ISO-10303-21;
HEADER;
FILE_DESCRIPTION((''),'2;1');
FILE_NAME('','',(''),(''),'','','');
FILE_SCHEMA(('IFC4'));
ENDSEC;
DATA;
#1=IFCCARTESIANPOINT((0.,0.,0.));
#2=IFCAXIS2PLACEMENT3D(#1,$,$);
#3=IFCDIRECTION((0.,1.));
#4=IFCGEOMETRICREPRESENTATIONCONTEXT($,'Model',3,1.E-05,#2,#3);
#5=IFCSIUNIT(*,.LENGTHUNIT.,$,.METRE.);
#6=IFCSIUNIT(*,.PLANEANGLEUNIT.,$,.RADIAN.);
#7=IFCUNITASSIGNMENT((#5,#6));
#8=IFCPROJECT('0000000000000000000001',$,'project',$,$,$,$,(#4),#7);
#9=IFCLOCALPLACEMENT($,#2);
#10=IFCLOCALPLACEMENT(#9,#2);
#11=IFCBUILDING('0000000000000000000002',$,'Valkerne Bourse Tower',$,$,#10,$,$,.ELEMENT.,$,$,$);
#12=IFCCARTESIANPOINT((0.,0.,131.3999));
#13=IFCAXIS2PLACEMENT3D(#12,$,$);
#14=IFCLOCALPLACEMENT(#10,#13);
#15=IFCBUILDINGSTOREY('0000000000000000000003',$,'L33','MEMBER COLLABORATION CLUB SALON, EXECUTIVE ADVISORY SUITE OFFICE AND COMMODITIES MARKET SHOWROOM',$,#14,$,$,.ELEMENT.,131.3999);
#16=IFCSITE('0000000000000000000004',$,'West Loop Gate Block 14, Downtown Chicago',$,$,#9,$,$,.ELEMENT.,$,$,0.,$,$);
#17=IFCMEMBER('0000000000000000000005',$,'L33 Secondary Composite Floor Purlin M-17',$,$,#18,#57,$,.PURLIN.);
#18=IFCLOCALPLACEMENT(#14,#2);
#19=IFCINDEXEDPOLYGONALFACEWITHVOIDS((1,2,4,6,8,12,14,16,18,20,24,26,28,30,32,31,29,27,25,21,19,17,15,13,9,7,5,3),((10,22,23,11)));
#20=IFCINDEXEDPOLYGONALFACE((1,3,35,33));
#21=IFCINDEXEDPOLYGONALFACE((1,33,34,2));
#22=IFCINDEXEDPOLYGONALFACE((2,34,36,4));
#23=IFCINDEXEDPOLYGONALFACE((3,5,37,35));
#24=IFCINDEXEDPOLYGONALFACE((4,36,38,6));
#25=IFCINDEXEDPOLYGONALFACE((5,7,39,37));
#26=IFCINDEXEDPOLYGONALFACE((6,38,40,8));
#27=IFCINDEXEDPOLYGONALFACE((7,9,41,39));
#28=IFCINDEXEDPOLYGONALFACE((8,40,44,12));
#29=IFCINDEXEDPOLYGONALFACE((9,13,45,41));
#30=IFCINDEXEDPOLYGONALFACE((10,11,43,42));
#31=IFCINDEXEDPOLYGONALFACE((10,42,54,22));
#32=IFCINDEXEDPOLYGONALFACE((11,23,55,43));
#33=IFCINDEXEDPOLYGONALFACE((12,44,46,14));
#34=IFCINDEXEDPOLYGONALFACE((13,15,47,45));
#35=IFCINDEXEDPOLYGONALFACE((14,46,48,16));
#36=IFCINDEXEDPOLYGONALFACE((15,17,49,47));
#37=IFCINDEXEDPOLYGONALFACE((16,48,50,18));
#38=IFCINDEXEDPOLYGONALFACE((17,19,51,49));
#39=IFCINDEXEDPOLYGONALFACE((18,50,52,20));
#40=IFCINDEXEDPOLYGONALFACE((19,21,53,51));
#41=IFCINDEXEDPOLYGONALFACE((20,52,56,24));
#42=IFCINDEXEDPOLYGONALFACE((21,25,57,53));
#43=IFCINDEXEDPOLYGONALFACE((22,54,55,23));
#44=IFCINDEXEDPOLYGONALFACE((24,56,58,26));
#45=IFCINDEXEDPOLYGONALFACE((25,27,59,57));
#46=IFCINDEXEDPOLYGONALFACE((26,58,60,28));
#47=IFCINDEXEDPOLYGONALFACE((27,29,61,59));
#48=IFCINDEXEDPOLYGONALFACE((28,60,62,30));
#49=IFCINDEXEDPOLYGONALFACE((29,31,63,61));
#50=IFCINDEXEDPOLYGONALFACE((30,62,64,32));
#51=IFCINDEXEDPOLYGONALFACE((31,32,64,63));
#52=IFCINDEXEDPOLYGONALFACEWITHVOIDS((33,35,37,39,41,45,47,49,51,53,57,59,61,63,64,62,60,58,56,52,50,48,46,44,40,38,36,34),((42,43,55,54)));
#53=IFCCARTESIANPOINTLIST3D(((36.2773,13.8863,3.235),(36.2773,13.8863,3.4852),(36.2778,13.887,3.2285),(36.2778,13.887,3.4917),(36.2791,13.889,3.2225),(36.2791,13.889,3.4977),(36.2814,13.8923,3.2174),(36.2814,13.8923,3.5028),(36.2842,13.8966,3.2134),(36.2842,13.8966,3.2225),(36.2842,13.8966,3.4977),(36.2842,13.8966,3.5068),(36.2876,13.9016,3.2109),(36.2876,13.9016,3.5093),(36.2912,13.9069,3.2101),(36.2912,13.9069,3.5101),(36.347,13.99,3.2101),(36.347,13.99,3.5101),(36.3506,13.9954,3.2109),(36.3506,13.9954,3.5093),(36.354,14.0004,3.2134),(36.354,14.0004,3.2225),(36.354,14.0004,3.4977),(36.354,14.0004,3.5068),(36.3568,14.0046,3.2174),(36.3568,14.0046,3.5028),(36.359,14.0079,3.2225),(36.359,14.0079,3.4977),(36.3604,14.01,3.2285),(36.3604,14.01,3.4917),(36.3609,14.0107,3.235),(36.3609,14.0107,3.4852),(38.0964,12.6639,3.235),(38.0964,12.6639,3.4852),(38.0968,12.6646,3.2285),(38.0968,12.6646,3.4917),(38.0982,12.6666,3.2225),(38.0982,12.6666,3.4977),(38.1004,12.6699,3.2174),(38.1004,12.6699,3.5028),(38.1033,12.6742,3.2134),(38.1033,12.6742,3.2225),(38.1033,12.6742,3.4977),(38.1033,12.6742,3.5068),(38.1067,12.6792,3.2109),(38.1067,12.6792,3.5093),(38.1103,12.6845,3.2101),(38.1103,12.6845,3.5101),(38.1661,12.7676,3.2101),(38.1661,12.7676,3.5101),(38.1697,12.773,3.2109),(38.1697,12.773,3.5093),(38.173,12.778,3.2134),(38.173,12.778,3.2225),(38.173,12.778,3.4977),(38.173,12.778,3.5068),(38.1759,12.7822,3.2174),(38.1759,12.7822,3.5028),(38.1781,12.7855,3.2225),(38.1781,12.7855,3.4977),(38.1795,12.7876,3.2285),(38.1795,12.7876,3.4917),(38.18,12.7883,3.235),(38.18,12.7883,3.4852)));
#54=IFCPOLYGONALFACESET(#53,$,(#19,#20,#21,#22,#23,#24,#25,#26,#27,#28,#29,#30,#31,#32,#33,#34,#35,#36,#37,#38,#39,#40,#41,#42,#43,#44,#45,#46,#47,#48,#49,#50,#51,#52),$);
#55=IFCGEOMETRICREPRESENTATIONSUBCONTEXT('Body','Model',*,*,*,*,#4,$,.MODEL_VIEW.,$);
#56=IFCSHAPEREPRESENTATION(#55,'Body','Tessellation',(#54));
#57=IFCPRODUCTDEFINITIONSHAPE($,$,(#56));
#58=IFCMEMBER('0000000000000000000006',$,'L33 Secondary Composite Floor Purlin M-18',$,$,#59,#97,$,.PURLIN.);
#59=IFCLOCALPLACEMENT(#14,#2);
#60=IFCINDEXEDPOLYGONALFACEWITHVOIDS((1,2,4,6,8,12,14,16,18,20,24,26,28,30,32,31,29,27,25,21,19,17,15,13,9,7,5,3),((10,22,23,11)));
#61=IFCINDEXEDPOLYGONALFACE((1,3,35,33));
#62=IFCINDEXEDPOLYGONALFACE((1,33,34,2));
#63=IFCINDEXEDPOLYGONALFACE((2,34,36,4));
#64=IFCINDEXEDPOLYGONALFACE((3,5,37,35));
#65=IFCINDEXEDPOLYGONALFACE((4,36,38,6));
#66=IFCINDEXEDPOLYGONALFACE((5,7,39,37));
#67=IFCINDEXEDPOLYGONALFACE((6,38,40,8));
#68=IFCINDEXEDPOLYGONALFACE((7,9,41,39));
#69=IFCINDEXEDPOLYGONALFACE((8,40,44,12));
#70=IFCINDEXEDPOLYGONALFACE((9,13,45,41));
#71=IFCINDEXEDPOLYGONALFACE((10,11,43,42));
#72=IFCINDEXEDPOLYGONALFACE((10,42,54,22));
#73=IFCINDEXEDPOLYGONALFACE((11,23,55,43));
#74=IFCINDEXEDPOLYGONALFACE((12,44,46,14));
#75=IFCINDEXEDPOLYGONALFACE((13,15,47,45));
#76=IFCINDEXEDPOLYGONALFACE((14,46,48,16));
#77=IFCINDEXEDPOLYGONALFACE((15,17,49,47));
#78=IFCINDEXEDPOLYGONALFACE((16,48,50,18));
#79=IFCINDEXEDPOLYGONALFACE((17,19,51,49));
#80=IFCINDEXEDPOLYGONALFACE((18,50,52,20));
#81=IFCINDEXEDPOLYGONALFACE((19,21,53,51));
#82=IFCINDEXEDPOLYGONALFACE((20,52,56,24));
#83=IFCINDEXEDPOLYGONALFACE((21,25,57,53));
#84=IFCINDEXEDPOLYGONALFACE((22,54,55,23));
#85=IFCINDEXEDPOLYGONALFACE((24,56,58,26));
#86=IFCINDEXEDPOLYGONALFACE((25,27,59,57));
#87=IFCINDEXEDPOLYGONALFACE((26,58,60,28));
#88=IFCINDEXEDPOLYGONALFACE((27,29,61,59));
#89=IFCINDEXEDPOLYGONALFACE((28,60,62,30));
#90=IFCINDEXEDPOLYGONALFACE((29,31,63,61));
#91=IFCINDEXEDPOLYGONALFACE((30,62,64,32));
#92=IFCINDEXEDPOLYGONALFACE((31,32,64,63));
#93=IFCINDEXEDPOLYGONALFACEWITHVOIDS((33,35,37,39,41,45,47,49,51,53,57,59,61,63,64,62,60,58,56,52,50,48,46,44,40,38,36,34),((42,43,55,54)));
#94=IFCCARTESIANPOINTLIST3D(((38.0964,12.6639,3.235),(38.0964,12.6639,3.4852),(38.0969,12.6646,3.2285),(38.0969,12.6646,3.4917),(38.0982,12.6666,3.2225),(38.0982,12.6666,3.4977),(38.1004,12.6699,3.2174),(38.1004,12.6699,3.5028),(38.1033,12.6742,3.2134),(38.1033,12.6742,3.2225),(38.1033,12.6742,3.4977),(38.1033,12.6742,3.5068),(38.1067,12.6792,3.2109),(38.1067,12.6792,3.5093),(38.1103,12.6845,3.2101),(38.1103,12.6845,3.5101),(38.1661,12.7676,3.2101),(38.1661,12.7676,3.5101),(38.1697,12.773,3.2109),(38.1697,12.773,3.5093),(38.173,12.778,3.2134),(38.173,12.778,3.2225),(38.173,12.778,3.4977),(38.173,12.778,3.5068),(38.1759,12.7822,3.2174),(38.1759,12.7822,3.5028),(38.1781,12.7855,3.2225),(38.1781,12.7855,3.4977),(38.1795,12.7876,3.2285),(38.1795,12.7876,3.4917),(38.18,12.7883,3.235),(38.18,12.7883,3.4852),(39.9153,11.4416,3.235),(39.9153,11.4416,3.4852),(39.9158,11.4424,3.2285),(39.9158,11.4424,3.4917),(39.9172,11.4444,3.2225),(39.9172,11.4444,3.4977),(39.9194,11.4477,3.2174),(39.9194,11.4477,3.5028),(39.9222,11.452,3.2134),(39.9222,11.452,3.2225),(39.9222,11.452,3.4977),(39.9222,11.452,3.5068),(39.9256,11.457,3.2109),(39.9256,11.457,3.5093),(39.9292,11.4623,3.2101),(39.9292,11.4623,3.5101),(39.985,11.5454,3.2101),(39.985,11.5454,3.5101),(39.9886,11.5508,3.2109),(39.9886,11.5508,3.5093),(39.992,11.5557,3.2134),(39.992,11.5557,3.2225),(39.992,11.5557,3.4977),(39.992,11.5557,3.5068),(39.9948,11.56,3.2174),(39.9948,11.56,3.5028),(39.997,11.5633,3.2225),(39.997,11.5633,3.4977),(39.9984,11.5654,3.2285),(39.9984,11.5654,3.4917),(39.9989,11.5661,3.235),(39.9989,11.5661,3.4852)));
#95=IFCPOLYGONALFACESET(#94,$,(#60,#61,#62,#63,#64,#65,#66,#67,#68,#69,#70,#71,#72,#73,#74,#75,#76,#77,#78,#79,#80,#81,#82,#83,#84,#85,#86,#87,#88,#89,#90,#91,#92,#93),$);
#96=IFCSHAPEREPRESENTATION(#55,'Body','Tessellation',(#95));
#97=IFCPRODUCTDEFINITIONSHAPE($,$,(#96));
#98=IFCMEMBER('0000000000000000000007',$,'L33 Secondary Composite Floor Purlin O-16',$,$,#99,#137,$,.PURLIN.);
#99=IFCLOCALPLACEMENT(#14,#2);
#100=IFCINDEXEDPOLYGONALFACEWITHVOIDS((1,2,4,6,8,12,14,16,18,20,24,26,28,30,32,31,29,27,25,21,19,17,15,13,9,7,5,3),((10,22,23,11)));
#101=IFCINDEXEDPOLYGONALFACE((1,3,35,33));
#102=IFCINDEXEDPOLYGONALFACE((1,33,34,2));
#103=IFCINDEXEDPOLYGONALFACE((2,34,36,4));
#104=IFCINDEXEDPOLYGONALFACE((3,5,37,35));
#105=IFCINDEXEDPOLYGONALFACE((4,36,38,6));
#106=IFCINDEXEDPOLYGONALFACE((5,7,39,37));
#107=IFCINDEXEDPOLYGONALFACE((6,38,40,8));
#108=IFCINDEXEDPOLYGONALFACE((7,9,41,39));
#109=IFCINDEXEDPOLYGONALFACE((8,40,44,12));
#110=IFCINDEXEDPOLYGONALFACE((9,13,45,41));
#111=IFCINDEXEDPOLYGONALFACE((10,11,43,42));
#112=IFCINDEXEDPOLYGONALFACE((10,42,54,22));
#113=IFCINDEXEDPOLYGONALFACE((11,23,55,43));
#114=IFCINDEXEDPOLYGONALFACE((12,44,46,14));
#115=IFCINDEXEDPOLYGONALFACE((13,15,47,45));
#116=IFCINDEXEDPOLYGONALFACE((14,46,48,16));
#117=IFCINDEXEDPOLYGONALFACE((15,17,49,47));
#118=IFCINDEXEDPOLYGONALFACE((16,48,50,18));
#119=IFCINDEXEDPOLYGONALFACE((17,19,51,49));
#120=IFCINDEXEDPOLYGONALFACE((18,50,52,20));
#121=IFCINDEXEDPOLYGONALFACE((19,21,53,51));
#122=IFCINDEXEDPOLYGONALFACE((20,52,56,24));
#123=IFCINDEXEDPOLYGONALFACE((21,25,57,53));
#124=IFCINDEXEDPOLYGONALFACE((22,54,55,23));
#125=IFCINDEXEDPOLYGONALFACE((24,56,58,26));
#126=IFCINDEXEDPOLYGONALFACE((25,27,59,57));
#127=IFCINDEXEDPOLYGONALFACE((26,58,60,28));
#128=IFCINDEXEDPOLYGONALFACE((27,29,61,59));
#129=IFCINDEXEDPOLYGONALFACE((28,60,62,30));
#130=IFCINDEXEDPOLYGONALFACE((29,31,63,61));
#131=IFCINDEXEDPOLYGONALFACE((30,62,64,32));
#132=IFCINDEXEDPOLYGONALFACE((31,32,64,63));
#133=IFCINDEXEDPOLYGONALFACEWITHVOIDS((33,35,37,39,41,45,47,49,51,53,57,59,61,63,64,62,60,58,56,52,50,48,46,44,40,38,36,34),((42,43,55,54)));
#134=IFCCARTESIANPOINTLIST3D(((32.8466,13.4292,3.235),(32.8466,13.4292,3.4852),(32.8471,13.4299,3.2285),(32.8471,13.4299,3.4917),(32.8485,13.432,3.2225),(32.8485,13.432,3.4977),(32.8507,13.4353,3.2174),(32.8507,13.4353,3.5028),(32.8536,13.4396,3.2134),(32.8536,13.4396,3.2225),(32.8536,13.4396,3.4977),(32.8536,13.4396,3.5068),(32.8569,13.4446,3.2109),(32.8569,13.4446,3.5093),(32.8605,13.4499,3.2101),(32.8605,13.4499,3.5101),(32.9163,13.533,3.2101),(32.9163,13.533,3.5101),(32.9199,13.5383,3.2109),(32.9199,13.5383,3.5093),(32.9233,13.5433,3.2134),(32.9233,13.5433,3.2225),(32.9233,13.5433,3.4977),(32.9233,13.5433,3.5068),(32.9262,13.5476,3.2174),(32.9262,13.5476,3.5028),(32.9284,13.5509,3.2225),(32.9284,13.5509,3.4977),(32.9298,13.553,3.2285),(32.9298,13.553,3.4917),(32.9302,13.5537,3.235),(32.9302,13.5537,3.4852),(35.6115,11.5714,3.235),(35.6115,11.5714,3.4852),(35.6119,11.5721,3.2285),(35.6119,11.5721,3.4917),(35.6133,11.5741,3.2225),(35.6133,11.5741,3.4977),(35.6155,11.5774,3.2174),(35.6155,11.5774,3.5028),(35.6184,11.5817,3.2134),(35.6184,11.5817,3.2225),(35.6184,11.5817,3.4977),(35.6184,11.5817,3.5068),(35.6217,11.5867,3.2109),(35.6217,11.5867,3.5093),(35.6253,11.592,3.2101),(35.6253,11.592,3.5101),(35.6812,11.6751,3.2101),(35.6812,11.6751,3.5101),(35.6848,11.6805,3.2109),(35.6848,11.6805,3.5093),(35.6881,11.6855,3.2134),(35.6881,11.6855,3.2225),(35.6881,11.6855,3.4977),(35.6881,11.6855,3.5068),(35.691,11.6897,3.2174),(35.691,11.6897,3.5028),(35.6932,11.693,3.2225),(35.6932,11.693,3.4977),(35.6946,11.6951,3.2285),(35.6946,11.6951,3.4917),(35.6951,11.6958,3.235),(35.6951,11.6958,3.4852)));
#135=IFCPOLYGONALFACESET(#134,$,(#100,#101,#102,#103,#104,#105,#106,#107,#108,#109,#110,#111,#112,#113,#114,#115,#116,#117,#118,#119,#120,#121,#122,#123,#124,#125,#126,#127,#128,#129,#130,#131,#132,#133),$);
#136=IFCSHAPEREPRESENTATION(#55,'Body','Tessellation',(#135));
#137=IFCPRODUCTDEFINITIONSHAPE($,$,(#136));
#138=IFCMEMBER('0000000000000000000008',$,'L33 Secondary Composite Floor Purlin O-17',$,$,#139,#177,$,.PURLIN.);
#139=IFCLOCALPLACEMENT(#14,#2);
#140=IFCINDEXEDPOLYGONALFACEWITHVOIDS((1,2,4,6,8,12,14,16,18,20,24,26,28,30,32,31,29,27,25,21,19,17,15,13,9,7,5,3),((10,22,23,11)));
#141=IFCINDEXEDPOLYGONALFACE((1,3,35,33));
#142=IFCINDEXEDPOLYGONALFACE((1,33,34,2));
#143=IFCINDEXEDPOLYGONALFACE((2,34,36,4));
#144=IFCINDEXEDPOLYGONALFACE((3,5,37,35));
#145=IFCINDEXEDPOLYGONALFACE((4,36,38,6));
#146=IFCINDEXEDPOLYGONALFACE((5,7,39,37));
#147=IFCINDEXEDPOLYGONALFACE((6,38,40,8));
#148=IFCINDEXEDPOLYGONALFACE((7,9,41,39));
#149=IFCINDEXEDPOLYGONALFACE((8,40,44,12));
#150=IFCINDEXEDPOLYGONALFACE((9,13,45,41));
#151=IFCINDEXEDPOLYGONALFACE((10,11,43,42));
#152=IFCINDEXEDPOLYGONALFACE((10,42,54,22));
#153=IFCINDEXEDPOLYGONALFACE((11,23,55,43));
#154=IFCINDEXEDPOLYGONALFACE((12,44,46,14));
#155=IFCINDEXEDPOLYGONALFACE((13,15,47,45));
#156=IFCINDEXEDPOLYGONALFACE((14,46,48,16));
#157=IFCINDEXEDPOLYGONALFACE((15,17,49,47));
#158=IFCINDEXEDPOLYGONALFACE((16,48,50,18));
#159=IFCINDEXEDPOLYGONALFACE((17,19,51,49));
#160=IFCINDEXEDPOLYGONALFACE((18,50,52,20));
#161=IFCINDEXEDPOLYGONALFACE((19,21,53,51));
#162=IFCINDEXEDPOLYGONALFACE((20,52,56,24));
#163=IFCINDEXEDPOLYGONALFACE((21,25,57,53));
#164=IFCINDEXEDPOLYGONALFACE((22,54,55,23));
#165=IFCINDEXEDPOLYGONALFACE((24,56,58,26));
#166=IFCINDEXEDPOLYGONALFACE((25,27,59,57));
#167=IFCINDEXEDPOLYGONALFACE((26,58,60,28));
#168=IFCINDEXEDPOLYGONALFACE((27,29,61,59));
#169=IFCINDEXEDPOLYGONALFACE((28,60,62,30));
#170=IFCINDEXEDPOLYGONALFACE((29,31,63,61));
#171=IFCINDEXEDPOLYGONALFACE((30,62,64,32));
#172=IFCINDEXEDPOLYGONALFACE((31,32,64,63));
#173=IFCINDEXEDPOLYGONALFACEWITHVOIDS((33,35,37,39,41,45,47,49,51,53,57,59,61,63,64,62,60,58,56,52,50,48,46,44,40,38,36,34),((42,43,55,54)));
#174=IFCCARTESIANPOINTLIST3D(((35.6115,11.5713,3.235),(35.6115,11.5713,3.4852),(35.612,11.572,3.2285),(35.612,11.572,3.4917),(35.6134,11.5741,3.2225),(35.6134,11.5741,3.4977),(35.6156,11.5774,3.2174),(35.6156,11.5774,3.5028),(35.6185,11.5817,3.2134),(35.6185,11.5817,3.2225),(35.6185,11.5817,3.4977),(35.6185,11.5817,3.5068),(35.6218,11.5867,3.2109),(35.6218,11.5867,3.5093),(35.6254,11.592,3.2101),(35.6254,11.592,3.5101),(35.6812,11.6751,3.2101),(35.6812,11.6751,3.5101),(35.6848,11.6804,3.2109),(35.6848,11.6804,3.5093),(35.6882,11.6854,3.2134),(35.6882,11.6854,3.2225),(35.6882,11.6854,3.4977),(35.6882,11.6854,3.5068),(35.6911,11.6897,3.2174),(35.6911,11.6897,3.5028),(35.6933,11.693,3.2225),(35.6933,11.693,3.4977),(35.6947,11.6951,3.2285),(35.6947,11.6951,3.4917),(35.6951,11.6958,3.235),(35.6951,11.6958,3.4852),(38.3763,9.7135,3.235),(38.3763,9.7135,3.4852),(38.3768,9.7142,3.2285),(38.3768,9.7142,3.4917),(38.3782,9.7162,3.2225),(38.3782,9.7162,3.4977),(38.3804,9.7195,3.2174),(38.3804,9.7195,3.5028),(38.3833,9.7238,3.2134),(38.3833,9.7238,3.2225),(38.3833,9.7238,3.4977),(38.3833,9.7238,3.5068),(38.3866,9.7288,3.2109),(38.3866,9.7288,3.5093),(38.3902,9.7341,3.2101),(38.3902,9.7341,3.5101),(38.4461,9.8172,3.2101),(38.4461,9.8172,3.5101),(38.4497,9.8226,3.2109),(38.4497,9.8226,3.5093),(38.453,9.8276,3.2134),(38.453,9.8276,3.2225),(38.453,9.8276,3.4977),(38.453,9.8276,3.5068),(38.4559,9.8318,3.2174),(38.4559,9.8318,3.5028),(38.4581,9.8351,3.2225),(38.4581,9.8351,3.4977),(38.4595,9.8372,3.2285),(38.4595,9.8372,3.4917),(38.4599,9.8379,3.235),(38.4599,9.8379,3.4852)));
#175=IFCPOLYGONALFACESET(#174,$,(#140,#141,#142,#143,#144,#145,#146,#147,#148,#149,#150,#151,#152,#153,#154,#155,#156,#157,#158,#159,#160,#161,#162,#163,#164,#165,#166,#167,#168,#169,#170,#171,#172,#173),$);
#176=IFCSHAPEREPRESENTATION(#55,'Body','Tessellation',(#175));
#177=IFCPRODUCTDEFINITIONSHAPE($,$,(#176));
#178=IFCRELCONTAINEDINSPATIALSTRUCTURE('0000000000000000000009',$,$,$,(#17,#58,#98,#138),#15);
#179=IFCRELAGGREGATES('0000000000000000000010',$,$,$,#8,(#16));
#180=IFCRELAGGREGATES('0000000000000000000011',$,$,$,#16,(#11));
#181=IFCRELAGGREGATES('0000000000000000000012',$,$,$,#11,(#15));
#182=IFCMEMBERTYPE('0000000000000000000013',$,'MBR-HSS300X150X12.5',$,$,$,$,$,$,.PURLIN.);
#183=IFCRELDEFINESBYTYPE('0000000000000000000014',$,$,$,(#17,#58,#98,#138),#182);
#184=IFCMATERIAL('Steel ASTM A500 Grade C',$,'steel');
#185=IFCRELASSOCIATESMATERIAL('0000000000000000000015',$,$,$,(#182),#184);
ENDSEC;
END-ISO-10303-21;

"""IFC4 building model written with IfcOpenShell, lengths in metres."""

from ifc_helpers import new_model, si_unit, direction, frame, origin, origin_2d, place, context, subcontext, project, spatial, hollow_rectangle, extrude, material, material_profile, profile_set, type_object, element, save


model = new_model("IFC4")

# Units and contexts
model_context = context("Model", 3, precision=1e-05, world=origin(), true_north=direction((0.0, 1.0)))
body_context = subcontext(model_context, "Body", "Model", "MODEL_VIEW")
ifc_project = project(units=[si_unit("LENGTHUNIT", "METRE"), si_unit("PLANEANGLEUNIT", "RADIAN")], contexts=[model_context])

# Site, building, storey
site_placement = place(None, origin())
site = spatial("IfcSite", under=ifc_project, at=site_placement, Name="West Loop Gate Block 14, Downtown Chicago", CompositionType="ELEMENT", RefElevation=0.0)
building_placement = place(site_placement, origin())
building = spatial("IfcBuilding", under=site, at=building_placement, Name="Valkerne Bourse Tower", CompositionType="ELEMENT")
storey_placement = place(building_placement, frame((0.0, 0.0, 131.3999)))
storey = spatial("IfcBuildingStorey", under=building, at=storey_placement, Name="L33", Description="MEMBER COLLABORATION CLUB SALON, EXECUTIVE ADVISORY SUITE OFFICE AND COMMODITIES MARKET SHOWROOM", CompositionType="ELEMENT", Elevation=131.3999)

# Members
ifc_material_1 = material(Name="Steel ASTM A500 Grade C", Category="steel")
ifc_material_profile_1 = material_profile(ifc_material_1, hollow_rectangle(XDim=0.1499, YDim=0.3, WallThickness=0.0125, OuterFilletRadius=0.0249, at=origin_2d()), Name="HSS300X150X12.5")
ifc_profile_set_1 = profile_set([ifc_material_profile_1], Name="Steel ASTM A500 Grade C")
member_type_1 = type_object("IfcMemberType", Name="MBR-HSS300X150X12.5", PredefinedType="PURLIN", material=ifc_profile_set_1)
member_1_placement = place(storey_placement, frame((36.3191, 13.9485, 3.3601), z_axis=(0.830005, -0.557756, 0.0), x_axis=(0.557756, 0.830005, 0.0)))
element("IfcMember", 1, at=member_1_placement, inside=storey, type_object=member_type_1, Name="L33 Secondary Composite Floor Purlin M-17", PredefinedType="PURLIN", context=body_context, shape_type="SweptSolid", body=[
    extrude(hollow_rectangle(XDim=0.1499, YDim=0.3, WallThickness=0.0125, OuterFilletRadius=0.0249, at=origin_2d()), origin(), (0.0, 0.0, 1.0), 2.1917),
])
member_2_placement = place(storey_placement, frame((38.1382, 12.7261, 3.3601), z_axis=(0.830022, -0.55773, 0.0), x_axis=(0.55773, 0.830022, 0.0)))
element("IfcMember", 2, at=member_2_placement, inside=storey, type_object=member_type_1, Name="L33 Secondary Composite Floor Purlin M-18", PredefinedType="PURLIN", context=body_context, shape_type="SweptSolid", body=[
    extrude(hollow_rectangle(XDim=0.1499, YDim=0.3, WallThickness=0.0125, OuterFilletRadius=0.0249, at=origin_2d()), origin(), (0.0, 0.0, 1.0), 2.1914),
])
for number, where, z_axis, x_axis, name in (
    (3, (32.8884, 13.4915, 3.3601), (0.830015, -0.557741, 0.0), (0.557741, 0.830015, 0.0), "L33 Secondary Composite Floor Purlin O-16"),
    (4, (35.6533, 11.6335, 3.3601), (0.830015, -0.557741, 0.0), (0.557741, 0.830015, 0.0), "L33 Secondary Composite Floor Purlin O-17"),
):
    element("IfcMember", number, at=place(storey_placement, frame(where, z_axis=z_axis, x_axis=x_axis)), inside=storey, type_object=member_type_1, Name=name, PredefinedType="PURLIN", context=body_context, shape_type="SweptSolid", body=[
        extrude(hollow_rectangle(XDim=0.1499, YDim=0.3, WallThickness=0.0125, OuterFilletRadius=0.0249, at=origin_2d()), origin(), (0.0, 0.0, 1.0), 3.3311),
    ])

save(model, "model.ifc")
